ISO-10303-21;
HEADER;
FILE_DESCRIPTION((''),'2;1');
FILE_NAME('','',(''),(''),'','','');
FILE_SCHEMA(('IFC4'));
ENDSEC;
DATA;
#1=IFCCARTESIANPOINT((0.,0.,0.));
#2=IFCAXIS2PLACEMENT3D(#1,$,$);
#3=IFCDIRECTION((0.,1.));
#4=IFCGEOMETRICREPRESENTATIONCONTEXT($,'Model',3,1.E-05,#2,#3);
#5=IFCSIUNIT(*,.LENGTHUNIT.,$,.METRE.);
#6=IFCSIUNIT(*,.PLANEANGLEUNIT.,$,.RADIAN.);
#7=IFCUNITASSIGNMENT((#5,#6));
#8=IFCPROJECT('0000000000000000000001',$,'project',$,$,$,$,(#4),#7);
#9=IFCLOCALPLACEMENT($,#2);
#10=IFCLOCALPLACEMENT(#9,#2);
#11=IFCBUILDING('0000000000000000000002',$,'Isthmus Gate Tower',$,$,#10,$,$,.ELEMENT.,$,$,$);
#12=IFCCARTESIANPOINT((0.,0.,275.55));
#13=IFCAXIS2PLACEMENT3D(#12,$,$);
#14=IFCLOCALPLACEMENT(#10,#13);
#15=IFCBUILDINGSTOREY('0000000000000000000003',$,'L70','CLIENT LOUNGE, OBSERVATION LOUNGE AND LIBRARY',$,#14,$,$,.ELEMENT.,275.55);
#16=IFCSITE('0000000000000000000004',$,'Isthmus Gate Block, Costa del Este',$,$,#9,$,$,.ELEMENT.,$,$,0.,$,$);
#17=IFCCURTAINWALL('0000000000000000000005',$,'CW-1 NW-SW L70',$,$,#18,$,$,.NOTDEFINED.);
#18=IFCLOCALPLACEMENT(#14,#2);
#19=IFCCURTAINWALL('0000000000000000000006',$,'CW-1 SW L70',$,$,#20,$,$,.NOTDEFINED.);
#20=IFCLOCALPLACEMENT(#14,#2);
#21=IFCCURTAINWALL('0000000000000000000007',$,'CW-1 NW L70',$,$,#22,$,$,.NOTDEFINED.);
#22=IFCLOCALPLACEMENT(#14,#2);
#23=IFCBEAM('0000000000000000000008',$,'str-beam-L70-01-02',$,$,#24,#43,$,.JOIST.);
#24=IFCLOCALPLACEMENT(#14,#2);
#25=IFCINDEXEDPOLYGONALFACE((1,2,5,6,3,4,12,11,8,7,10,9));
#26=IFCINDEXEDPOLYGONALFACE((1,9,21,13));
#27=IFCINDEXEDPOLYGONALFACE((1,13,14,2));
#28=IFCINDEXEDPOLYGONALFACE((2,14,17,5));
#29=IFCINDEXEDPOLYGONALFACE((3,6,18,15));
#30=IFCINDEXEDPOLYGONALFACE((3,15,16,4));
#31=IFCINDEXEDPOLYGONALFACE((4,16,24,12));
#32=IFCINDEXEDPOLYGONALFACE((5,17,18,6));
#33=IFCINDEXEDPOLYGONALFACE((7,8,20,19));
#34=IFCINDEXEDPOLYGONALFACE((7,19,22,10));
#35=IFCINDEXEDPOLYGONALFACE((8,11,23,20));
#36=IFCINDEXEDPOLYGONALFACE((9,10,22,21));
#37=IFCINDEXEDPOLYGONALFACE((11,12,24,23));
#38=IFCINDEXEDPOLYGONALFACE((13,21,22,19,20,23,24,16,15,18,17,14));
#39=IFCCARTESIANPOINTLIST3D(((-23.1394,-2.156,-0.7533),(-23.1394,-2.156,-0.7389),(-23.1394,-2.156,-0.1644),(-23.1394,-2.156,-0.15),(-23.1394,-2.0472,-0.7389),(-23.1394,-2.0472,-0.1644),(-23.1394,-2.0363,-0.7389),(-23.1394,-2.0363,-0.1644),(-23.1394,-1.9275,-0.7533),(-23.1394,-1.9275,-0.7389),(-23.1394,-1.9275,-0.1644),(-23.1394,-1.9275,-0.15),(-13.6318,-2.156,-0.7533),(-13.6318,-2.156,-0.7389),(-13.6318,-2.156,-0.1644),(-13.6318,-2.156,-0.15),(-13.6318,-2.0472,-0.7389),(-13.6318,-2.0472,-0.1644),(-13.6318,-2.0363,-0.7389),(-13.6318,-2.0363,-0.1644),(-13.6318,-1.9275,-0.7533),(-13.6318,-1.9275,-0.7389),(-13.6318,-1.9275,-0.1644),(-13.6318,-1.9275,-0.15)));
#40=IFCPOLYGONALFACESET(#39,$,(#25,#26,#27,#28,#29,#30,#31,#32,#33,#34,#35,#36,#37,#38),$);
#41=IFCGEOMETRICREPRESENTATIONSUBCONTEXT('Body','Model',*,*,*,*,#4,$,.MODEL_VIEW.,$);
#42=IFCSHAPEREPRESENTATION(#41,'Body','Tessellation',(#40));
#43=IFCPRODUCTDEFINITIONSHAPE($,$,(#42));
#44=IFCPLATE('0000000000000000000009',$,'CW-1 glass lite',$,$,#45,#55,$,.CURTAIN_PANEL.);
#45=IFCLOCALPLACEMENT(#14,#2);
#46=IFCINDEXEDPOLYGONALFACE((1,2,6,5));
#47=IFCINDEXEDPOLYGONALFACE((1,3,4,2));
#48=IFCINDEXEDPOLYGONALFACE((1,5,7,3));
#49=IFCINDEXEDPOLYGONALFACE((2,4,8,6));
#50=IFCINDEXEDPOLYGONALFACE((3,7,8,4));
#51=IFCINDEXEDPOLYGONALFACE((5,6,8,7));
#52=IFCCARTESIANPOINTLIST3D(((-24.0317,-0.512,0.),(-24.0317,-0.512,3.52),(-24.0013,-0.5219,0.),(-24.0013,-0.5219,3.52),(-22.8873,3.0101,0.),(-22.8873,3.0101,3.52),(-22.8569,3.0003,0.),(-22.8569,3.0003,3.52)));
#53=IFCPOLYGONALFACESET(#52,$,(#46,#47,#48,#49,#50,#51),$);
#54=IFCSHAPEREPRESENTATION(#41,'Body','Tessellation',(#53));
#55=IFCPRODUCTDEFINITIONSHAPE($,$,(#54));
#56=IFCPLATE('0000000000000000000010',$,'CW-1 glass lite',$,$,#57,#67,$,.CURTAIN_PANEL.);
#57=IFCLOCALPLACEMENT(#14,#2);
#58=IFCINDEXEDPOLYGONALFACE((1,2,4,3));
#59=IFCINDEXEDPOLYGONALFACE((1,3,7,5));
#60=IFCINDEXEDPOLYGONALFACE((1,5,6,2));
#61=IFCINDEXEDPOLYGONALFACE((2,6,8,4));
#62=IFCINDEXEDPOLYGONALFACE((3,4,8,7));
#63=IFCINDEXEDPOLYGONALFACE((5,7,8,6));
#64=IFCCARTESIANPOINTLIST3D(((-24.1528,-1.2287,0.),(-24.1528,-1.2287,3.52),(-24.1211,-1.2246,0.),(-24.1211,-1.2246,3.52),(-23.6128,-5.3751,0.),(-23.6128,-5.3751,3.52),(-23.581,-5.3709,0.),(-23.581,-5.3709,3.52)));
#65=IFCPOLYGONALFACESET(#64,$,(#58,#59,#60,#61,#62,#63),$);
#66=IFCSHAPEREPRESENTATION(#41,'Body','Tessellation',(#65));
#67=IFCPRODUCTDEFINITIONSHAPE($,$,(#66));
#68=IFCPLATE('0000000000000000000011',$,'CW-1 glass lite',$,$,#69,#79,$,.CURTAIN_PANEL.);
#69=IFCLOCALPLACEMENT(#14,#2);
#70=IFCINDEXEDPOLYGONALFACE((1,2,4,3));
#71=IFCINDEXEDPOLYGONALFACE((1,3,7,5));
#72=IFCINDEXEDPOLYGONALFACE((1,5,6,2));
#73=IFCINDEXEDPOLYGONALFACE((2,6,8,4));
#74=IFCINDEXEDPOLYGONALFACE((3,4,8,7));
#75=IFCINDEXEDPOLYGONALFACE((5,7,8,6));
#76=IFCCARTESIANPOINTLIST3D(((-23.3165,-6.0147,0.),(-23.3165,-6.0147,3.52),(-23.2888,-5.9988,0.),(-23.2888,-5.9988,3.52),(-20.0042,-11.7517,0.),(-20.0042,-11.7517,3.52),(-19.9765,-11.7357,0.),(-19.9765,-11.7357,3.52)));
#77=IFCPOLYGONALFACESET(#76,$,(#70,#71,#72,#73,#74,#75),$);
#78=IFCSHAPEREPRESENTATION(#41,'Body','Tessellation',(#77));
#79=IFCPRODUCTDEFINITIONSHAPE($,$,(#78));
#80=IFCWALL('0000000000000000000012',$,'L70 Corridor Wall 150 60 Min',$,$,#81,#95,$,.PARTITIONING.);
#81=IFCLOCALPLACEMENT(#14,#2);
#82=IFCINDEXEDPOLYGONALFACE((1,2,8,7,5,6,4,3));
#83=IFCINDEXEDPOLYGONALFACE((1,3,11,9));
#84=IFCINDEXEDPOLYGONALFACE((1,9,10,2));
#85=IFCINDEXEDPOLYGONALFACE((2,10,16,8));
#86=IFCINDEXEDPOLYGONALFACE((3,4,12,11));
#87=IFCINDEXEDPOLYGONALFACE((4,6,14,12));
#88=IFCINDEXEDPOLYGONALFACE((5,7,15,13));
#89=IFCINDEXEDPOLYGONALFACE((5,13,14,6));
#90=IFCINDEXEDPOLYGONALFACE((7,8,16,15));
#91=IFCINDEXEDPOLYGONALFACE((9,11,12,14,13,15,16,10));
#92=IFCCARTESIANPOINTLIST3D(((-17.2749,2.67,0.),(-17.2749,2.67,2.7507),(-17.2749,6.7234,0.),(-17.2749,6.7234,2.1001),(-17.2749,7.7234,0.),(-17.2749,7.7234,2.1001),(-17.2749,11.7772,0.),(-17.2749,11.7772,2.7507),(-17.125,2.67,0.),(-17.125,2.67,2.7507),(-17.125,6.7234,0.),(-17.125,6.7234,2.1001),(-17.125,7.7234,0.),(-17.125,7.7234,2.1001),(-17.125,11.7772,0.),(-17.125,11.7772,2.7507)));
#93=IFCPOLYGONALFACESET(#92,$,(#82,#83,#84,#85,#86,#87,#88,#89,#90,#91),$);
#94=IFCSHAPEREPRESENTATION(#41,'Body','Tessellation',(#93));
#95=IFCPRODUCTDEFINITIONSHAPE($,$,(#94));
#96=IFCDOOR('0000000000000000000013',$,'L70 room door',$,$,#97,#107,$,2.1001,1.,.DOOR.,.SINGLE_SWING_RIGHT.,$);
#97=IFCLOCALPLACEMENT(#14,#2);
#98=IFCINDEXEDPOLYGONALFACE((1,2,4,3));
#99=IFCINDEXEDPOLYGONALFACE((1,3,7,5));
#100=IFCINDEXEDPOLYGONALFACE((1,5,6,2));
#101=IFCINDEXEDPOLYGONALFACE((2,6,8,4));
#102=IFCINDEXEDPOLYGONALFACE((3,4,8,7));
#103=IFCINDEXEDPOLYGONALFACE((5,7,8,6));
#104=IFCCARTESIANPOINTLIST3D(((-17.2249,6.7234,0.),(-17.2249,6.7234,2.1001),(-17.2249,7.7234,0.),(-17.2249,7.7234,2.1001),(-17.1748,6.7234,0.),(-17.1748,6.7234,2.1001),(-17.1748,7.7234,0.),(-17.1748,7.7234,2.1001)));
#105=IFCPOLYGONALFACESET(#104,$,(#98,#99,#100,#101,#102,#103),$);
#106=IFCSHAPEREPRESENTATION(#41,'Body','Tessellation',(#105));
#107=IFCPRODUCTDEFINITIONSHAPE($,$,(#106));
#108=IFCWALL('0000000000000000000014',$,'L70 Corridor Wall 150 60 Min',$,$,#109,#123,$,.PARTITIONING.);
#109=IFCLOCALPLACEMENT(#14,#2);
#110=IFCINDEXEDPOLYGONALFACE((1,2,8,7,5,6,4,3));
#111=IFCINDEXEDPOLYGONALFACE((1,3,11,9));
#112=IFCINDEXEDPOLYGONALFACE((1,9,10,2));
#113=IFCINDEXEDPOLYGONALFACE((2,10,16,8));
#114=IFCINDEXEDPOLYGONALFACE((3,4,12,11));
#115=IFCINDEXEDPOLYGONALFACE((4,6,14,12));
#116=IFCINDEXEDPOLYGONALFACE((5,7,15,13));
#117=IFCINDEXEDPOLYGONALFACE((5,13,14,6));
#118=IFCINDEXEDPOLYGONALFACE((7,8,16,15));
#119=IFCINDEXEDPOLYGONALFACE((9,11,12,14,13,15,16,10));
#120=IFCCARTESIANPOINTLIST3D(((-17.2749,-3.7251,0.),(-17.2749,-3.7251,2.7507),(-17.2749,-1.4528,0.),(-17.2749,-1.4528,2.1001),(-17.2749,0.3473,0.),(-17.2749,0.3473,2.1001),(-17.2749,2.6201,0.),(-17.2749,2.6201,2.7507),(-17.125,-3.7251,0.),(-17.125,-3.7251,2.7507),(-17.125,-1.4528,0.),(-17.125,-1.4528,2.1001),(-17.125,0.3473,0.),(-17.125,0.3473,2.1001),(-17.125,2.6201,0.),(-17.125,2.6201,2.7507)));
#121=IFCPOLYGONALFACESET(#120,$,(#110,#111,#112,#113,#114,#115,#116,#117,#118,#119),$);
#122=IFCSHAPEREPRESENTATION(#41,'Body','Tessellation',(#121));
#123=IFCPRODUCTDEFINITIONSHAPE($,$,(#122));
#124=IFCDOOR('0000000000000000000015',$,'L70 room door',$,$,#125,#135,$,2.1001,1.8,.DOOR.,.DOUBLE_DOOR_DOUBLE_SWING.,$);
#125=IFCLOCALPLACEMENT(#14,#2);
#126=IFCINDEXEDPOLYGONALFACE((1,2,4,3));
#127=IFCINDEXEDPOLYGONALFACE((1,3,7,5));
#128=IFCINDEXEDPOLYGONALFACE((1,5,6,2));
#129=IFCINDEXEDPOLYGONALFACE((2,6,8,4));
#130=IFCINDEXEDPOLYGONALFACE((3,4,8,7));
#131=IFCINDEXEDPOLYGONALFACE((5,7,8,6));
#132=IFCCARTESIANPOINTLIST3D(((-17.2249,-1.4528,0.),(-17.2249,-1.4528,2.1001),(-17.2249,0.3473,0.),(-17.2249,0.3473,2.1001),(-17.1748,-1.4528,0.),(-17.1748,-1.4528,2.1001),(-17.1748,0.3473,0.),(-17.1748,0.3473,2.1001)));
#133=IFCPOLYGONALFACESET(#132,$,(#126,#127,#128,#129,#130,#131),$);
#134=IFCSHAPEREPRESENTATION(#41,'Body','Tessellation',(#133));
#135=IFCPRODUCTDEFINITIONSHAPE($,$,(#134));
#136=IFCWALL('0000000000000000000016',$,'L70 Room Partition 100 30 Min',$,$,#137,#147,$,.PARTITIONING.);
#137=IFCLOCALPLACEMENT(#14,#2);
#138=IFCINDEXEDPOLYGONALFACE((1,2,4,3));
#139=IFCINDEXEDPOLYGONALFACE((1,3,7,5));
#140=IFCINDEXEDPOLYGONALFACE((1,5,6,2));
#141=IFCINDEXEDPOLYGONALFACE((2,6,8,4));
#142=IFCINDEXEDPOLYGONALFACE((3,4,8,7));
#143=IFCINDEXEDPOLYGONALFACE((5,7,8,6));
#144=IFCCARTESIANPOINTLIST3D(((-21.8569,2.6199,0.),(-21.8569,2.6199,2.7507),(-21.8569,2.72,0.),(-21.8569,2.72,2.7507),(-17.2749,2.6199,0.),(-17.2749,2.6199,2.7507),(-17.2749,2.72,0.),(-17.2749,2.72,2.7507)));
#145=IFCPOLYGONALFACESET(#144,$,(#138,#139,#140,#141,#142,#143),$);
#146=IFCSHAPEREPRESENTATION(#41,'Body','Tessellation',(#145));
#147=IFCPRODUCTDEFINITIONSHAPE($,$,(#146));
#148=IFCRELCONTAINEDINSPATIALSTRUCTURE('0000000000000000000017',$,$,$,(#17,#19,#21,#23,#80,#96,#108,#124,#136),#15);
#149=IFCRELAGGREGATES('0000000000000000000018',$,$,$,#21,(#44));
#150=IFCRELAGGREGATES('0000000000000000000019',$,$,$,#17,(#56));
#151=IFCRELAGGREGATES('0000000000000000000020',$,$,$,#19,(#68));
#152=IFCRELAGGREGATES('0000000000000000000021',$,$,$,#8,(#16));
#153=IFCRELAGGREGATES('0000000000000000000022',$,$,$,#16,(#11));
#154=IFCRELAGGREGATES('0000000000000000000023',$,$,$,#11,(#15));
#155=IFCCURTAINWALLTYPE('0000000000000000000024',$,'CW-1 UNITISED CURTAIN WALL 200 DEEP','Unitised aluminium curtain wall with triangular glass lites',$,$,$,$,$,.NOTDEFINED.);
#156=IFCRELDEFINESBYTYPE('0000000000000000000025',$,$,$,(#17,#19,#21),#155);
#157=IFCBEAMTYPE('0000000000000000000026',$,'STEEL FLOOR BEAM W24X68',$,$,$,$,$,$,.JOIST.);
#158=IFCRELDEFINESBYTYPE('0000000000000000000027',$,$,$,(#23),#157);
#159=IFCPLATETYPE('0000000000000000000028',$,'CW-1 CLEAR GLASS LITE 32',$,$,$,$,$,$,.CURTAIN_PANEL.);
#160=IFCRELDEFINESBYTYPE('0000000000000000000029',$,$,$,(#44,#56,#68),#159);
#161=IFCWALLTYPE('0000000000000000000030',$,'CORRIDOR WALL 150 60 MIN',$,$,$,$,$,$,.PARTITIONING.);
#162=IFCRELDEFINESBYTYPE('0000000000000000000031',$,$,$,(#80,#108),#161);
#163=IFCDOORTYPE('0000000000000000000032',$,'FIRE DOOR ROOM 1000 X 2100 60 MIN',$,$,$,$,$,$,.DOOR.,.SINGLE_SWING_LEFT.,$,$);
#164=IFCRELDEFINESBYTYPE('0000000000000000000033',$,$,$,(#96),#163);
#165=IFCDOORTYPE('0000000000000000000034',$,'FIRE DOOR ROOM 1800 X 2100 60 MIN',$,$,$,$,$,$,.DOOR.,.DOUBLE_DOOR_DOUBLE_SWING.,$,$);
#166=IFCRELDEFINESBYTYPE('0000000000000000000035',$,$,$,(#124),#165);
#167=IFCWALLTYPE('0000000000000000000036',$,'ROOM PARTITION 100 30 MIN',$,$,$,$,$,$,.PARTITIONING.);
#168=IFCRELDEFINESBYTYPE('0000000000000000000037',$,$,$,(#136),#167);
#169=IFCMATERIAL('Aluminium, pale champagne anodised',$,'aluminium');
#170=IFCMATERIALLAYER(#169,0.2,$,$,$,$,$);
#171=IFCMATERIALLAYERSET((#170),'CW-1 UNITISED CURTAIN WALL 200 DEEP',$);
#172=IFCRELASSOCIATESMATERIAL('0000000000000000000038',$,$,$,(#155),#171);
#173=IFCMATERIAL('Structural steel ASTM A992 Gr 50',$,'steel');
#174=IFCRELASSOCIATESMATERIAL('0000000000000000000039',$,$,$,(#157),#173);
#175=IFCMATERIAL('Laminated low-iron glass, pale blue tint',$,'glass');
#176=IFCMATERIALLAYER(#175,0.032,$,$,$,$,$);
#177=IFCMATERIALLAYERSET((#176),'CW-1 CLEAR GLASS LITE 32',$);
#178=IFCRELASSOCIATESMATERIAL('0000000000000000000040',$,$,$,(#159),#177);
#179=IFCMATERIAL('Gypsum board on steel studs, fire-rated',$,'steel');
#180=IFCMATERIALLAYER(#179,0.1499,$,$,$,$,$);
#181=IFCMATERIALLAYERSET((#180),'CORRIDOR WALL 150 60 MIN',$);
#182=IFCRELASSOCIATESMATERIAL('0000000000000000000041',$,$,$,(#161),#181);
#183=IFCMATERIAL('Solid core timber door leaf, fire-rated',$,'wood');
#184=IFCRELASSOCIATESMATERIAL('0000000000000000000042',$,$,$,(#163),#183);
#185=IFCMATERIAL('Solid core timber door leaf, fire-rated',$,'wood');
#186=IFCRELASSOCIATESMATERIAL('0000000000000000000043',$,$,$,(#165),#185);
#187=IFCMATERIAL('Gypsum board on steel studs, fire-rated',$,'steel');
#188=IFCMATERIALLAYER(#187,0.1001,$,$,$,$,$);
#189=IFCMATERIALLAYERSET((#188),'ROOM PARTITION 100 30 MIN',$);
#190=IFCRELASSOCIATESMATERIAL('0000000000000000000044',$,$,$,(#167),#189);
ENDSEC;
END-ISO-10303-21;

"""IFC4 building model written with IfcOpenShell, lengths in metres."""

from ifc_helpers import new_model, si_unit, direction, frame, frame_2d, origin, origin_2d, place, context, subcontext, project, spatial, rectangle, i_section, extrude, material, layer, layer_set, material_profile, profile_set, type_object, element, fill, aggregate, save


model = new_model("IFC4")

# Units and contexts
model_context = context("Model", 3, precision=1e-05, world=origin(), true_north=direction((0.0, 1.0)))
body_context = subcontext(model_context, "Body", "Model", "MODEL_VIEW")
ifc_project = project(units=[si_unit("LENGTHUNIT", "METRE"), si_unit("PLANEANGLEUNIT", "RADIAN")], contexts=[model_context])

# Site, building, storey
site_placement = place(None, origin())
site = spatial("IfcSite", under=ifc_project, at=site_placement, Name="Isthmus Gate Block, Costa del Este", CompositionType="ELEMENT", RefElevation=0.0)
building_placement = place(site_placement, origin())
building = spatial("IfcBuilding", under=site, at=building_placement, Name="Isthmus Gate Tower", CompositionType="ELEMENT")
storey_placement = place(building_placement, frame((0.0, 0.0, 275.55)))
storey = spatial("IfcBuildingStorey", under=building, at=storey_placement, Name="L70", Description="CLIENT LOUNGE, OBSERVATION LOUNGE AND LIBRARY", CompositionType="ELEMENT", Elevation=275.55)

# Curtain walls
ifc_material_1 = material(Name="Aluminium, pale champagne anodised", Category="aluminium")
ifc_layer_1 = layer(ifc_material_1, 0.2)
ifc_layer_set_1 = layer_set([ifc_layer_1], Name="CW-1 UNITISED CURTAIN WALL 200 DEEP")
curtain_wall_type = type_object("IfcCurtainWallType", Name="CW-1 UNITISED CURTAIN WALL 200 DEEP", Description="Unitised aluminium curtain wall with triangular glass lites", PredefinedType="NOTDEFINED", material=ifc_layer_set_1)
curtain_wall_1_placement = place(storey_placement, origin())
curtain_wall_1 = element("IfcCurtainWall", 1, at=curtain_wall_1_placement, inside=storey, type_object=curtain_wall_type, Name="CW-1 NW-SW L70", PredefinedType="NOTDEFINED")
curtain_wall_2_placement = place(storey_placement, origin())
curtain_wall_2 = element("IfcCurtainWall", 2, at=curtain_wall_2_placement, inside=storey, type_object=curtain_wall_type, Name="CW-1 SW L70", PredefinedType="NOTDEFINED")
curtain_wall_3_placement = place(storey_placement, origin())
curtain_wall_3 = element("IfcCurtainWall", 3, at=curtain_wall_3_placement, inside=storey, type_object=curtain_wall_type, Name="CW-1 NW L70", PredefinedType="NOTDEFINED")

# Beam
ifc_material_2 = material(Name="Structural steel ASTM A992 Gr 50", Category="steel")
ifc_material_profile_1 = material_profile(ifc_material_2, i_section(OverallWidth=0.2285, OverallDepth=0.6033, WebThickness=0.011, FlangeThickness=0.0144, at=origin_2d()), Name="W24X68")
ifc_profile_set_1 = profile_set([ifc_material_profile_1], Name="Structural steel ASTM A992 Gr 50")
beam_type_1 = type_object("IfcBeamType", Name="STEEL FLOOR BEAM W24X68", PredefinedType="JOIST", material=ifc_profile_set_1)
beam_1_placement = place(storey_placement, frame((-23.1394, -2.0417, -0.4517), z_axis=(1.0, 0.0, 0.0), x_axis=(0.0, 1.0, 0.0)))
element("IfcBeam", 4, at=beam_1_placement, inside=storey, type_object=beam_type_1, Name="str-beam-L70-01-02", PredefinedType="JOIST", context=body_context, shape_type="SweptSolid", body=[
    extrude(i_section(OverallWidth=0.2285, OverallDepth=0.6033, WebThickness=0.011, FlangeThickness=0.0144, at=origin_2d()), origin(), (0.0, 0.0, 1.0), 9.5076),
])

# Plates
ifc_material_3 = material(Name="Laminated low-iron glass, pale blue tint", Category="glass")
ifc_layer_2 = layer(ifc_material_3, 0.032)
ifc_layer_set_2 = layer_set([ifc_layer_2], Name="CW-1 CLEAR GLASS LITE 32")
plate_type = type_object("IfcPlateType", Name="CW-1 CLEAR GLASS LITE 32", PredefinedType="CURTAIN_PANEL", material=ifc_layer_set_2)
plate_1_placement = place(storey_placement, frame((-23.4443, 1.2441, 0.0), z_axis=(0.0, 0.0, 1.0), x_axis=(-0.309017, -0.951057, 0.0)))
plate_1 = element("IfcPlate", 5, at=plate_1_placement, type_object=plate_type, Name="CW-1 glass lite", PredefinedType="CURTAIN_PANEL", context=body_context, shape_type="SweptSolid", body=[
    extrude(rectangle(XDim=3.7034, YDim=0.032, at=origin_2d()), origin(), (0.0, 0.0, 1.0), 3.52),
])
aggregate(curtain_wall_3, [plate_1])
plate_2_placement = place(storey_placement, frame((-23.8669, -3.2998, 0.0), z_axis=(0.0, 0.0, 1.0), x_axis=(0.129165, -0.991623, 0.0)))
plate_2 = element("IfcPlate", 6, at=plate_2_placement, type_object=plate_type, Name="CW-1 glass lite", PredefinedType="CURTAIN_PANEL", context=body_context, shape_type="SweptSolid", body=[
    extrude(rectangle(XDim=4.1814, YDim=0.032, at=origin_2d()), origin(), (0.0, 0.0, 1.0), 3.52),
])
aggregate(curtain_wall_1, [plate_2])
plate_3_placement = place(storey_placement, frame((-21.6465, -8.8752, 0.0), z_axis=(0.0, 0.0, 1.0), x_axis=(0.5, -0.866025, 0.0)))
plate_3 = element("IfcPlate", 7, at=plate_3_placement, type_object=plate_type, Name="CW-1 glass lite", PredefinedType="CURTAIN_PANEL", context=body_context, shape_type="SweptSolid", body=[
    extrude(rectangle(XDim=6.6245, YDim=0.032, at=origin_2d()), origin(), (0.0, 0.0, 1.0), 3.52),
])
aggregate(curtain_wall_2, [plate_3])

# Walls, openings, doors
ifc_material_4 = material(Name="Gypsum board on steel studs, fire-rated", Category="steel")
ifc_layer_3 = layer(ifc_material_4, 0.1499)
ifc_layer_set_3 = layer_set([ifc_layer_3], Name="CORRIDOR WALL 150 60 MIN")
wall_type_1 = type_object("IfcWallType", Name="CORRIDOR WALL 150 60 MIN", PredefinedType="PARTITIONING", material=ifc_layer_set_3)
wall_1_placement = place(storey_placement, frame((-17.2, 2.6699, 0.0), z_axis=(0.0, 0.0, 1.0), x_axis=(0.0, 1.0, 0.0)))
wall_1 = element("IfcWall", 8, at=wall_1_placement, inside=storey, type_object=wall_type_1, Name="L70 Corridor Wall 150 60 Min", PredefinedType="PARTITIONING", context=body_context, shape_type="SweptSolid", body=[
    extrude(rectangle(XDim=9.1072, YDim=0.1499, at=frame_2d((4.5537, 0.0))), origin(), (0.0, 0.0, 1.0), 2.7507),
])
opening_1_placement = place(wall_1_placement, frame((4.0535, 0.0, 0.0)))
opening_1 = element("IfcOpeningElement", 9, at=opening_1_placement, cuts=wall_1, PredefinedType="OPENING", context=body_context, shape_type="SweptSolid", body=[
    extrude(rectangle(XDim=1.0, YDim=2.1001, at=frame_2d((0.5, 1.05))), frame((0.0, 0.085, 0.0), z_axis=(0.0, -1.0, 0.0), x_axis=(1.0, 0.0, 0.0)), (0.0, 0.0, 1.0), 0.1699),
])
ifc_material_5 = material(Name="Solid core timber door leaf, fire-rated", Category="wood")
door_type_1 = type_object("IfcDoorType", Name="FIRE DOOR ROOM 1000 X 2100 60 MIN", OperationType="SINGLE_SWING_LEFT", PredefinedType="DOOR", material=ifc_material_5)
door_1_placement = place(opening_1_placement, origin())
door_1 = element("IfcDoor", 10, at=door_1_placement, inside=storey, type_object=door_type_1, Name="L70 room door", OperationType="SINGLE_SWING_RIGHT", OverallHeight=2.1001, OverallWidth=1.0, PredefinedType="DOOR", context=body_context, shape_type="SweptSolid", body=[
    extrude(rectangle(XDim=1.0, YDim=2.1001, at=frame_2d((0.5, 1.05))), frame((0.0, 0.0249, 0.0), z_axis=(0.0, -1.0, 0.0), x_axis=(1.0, 0.0, 0.0)), (0.0, 0.0, 1.0), 0.05),
])
fill(opening_1, door_1)
wall_2_placement = place(storey_placement, frame((-17.2, -3.7251, 0.0), z_axis=(0.0, 0.0, 1.0), x_axis=(0.0, 1.0, 0.0)))
wall_2 = element("IfcWall", 11, at=wall_2_placement, inside=storey, type_object=wall_type_1, Name="L70 Corridor Wall 150 60 Min", PredefinedType="PARTITIONING", context=body_context, shape_type="SweptSolid", body=[
    extrude(rectangle(XDim=6.3452, YDim=0.1499, at=frame_2d((3.1726, 0.0))), origin(), (0.0, 0.0, 1.0), 2.7507),
])
opening_2_placement = place(wall_2_placement, frame((2.2725, 0.0, 0.0)))
opening_2 = element("IfcOpeningElement", 12, at=opening_2_placement, cuts=wall_2, PredefinedType="OPENING", context=body_context, shape_type="SweptSolid", body=[
    extrude(rectangle(XDim=1.8, YDim=2.1001, at=frame_2d((0.8999, 1.05))), frame((0.0, 0.085, 0.0), z_axis=(0.0, -1.0, 0.0), x_axis=(1.0, 0.0, 0.0)), (0.0, 0.0, 1.0), 0.1699),
])
ifc_material_6 = material(Name="Solid core timber door leaf, fire-rated", Category="wood")
door_type_2 = type_object("IfcDoorType", Name="FIRE DOOR ROOM 1800 X 2100 60 MIN", OperationType="DOUBLE_DOOR_DOUBLE_SWING", PredefinedType="DOOR", material=ifc_material_6)
door_2_placement = place(opening_2_placement, origin())
door_2 = element("IfcDoor", 13, at=door_2_placement, inside=storey, type_object=door_type_2, Name="L70 room door", OperationType="DOUBLE_DOOR_DOUBLE_SWING", OverallHeight=2.1001, OverallWidth=1.8, PredefinedType="DOOR", context=body_context, shape_type="SweptSolid", body=[
    extrude(rectangle(XDim=1.8, YDim=2.1001, at=frame_2d((0.8999, 1.05))), frame((0.0, 0.0249, 0.0), z_axis=(0.0, -1.0, 0.0), x_axis=(1.0, 0.0, 0.0)), (0.0, 0.0, 1.0), 0.05),
])
fill(opening_2, door_2)

# Wall
ifc_material_7 = material(Name="Gypsum board on steel studs, fire-rated", Category="steel")
ifc_layer_4 = layer(ifc_material_7, 0.1001)
ifc_layer_set_4 = layer_set([ifc_layer_4], Name="ROOM PARTITION 100 30 MIN")
wall_type_2 = type_object("IfcWallType", Name="ROOM PARTITION 100 30 MIN", PredefinedType="PARTITIONING", material=ifc_layer_set_4)
wall_3_placement = place(storey_placement, frame((-21.8569, 2.6699, 0.0), z_axis=(0.0, 0.0, 1.0), x_axis=(1.0, 0.0, 0.0)))
element("IfcWall", 14, at=wall_3_placement, inside=storey, type_object=wall_type_2, Name="L70 Room Partition 100 30 Min", PredefinedType="PARTITIONING", context=body_context, shape_type="SweptSolid", body=[
    extrude(rectangle(XDim=4.582, YDim=0.1001, at=frame_2d((2.291, 0.0))), origin(), (0.0, 0.0, 1.0), 2.7507),
])

save(model, "model.ifc")
